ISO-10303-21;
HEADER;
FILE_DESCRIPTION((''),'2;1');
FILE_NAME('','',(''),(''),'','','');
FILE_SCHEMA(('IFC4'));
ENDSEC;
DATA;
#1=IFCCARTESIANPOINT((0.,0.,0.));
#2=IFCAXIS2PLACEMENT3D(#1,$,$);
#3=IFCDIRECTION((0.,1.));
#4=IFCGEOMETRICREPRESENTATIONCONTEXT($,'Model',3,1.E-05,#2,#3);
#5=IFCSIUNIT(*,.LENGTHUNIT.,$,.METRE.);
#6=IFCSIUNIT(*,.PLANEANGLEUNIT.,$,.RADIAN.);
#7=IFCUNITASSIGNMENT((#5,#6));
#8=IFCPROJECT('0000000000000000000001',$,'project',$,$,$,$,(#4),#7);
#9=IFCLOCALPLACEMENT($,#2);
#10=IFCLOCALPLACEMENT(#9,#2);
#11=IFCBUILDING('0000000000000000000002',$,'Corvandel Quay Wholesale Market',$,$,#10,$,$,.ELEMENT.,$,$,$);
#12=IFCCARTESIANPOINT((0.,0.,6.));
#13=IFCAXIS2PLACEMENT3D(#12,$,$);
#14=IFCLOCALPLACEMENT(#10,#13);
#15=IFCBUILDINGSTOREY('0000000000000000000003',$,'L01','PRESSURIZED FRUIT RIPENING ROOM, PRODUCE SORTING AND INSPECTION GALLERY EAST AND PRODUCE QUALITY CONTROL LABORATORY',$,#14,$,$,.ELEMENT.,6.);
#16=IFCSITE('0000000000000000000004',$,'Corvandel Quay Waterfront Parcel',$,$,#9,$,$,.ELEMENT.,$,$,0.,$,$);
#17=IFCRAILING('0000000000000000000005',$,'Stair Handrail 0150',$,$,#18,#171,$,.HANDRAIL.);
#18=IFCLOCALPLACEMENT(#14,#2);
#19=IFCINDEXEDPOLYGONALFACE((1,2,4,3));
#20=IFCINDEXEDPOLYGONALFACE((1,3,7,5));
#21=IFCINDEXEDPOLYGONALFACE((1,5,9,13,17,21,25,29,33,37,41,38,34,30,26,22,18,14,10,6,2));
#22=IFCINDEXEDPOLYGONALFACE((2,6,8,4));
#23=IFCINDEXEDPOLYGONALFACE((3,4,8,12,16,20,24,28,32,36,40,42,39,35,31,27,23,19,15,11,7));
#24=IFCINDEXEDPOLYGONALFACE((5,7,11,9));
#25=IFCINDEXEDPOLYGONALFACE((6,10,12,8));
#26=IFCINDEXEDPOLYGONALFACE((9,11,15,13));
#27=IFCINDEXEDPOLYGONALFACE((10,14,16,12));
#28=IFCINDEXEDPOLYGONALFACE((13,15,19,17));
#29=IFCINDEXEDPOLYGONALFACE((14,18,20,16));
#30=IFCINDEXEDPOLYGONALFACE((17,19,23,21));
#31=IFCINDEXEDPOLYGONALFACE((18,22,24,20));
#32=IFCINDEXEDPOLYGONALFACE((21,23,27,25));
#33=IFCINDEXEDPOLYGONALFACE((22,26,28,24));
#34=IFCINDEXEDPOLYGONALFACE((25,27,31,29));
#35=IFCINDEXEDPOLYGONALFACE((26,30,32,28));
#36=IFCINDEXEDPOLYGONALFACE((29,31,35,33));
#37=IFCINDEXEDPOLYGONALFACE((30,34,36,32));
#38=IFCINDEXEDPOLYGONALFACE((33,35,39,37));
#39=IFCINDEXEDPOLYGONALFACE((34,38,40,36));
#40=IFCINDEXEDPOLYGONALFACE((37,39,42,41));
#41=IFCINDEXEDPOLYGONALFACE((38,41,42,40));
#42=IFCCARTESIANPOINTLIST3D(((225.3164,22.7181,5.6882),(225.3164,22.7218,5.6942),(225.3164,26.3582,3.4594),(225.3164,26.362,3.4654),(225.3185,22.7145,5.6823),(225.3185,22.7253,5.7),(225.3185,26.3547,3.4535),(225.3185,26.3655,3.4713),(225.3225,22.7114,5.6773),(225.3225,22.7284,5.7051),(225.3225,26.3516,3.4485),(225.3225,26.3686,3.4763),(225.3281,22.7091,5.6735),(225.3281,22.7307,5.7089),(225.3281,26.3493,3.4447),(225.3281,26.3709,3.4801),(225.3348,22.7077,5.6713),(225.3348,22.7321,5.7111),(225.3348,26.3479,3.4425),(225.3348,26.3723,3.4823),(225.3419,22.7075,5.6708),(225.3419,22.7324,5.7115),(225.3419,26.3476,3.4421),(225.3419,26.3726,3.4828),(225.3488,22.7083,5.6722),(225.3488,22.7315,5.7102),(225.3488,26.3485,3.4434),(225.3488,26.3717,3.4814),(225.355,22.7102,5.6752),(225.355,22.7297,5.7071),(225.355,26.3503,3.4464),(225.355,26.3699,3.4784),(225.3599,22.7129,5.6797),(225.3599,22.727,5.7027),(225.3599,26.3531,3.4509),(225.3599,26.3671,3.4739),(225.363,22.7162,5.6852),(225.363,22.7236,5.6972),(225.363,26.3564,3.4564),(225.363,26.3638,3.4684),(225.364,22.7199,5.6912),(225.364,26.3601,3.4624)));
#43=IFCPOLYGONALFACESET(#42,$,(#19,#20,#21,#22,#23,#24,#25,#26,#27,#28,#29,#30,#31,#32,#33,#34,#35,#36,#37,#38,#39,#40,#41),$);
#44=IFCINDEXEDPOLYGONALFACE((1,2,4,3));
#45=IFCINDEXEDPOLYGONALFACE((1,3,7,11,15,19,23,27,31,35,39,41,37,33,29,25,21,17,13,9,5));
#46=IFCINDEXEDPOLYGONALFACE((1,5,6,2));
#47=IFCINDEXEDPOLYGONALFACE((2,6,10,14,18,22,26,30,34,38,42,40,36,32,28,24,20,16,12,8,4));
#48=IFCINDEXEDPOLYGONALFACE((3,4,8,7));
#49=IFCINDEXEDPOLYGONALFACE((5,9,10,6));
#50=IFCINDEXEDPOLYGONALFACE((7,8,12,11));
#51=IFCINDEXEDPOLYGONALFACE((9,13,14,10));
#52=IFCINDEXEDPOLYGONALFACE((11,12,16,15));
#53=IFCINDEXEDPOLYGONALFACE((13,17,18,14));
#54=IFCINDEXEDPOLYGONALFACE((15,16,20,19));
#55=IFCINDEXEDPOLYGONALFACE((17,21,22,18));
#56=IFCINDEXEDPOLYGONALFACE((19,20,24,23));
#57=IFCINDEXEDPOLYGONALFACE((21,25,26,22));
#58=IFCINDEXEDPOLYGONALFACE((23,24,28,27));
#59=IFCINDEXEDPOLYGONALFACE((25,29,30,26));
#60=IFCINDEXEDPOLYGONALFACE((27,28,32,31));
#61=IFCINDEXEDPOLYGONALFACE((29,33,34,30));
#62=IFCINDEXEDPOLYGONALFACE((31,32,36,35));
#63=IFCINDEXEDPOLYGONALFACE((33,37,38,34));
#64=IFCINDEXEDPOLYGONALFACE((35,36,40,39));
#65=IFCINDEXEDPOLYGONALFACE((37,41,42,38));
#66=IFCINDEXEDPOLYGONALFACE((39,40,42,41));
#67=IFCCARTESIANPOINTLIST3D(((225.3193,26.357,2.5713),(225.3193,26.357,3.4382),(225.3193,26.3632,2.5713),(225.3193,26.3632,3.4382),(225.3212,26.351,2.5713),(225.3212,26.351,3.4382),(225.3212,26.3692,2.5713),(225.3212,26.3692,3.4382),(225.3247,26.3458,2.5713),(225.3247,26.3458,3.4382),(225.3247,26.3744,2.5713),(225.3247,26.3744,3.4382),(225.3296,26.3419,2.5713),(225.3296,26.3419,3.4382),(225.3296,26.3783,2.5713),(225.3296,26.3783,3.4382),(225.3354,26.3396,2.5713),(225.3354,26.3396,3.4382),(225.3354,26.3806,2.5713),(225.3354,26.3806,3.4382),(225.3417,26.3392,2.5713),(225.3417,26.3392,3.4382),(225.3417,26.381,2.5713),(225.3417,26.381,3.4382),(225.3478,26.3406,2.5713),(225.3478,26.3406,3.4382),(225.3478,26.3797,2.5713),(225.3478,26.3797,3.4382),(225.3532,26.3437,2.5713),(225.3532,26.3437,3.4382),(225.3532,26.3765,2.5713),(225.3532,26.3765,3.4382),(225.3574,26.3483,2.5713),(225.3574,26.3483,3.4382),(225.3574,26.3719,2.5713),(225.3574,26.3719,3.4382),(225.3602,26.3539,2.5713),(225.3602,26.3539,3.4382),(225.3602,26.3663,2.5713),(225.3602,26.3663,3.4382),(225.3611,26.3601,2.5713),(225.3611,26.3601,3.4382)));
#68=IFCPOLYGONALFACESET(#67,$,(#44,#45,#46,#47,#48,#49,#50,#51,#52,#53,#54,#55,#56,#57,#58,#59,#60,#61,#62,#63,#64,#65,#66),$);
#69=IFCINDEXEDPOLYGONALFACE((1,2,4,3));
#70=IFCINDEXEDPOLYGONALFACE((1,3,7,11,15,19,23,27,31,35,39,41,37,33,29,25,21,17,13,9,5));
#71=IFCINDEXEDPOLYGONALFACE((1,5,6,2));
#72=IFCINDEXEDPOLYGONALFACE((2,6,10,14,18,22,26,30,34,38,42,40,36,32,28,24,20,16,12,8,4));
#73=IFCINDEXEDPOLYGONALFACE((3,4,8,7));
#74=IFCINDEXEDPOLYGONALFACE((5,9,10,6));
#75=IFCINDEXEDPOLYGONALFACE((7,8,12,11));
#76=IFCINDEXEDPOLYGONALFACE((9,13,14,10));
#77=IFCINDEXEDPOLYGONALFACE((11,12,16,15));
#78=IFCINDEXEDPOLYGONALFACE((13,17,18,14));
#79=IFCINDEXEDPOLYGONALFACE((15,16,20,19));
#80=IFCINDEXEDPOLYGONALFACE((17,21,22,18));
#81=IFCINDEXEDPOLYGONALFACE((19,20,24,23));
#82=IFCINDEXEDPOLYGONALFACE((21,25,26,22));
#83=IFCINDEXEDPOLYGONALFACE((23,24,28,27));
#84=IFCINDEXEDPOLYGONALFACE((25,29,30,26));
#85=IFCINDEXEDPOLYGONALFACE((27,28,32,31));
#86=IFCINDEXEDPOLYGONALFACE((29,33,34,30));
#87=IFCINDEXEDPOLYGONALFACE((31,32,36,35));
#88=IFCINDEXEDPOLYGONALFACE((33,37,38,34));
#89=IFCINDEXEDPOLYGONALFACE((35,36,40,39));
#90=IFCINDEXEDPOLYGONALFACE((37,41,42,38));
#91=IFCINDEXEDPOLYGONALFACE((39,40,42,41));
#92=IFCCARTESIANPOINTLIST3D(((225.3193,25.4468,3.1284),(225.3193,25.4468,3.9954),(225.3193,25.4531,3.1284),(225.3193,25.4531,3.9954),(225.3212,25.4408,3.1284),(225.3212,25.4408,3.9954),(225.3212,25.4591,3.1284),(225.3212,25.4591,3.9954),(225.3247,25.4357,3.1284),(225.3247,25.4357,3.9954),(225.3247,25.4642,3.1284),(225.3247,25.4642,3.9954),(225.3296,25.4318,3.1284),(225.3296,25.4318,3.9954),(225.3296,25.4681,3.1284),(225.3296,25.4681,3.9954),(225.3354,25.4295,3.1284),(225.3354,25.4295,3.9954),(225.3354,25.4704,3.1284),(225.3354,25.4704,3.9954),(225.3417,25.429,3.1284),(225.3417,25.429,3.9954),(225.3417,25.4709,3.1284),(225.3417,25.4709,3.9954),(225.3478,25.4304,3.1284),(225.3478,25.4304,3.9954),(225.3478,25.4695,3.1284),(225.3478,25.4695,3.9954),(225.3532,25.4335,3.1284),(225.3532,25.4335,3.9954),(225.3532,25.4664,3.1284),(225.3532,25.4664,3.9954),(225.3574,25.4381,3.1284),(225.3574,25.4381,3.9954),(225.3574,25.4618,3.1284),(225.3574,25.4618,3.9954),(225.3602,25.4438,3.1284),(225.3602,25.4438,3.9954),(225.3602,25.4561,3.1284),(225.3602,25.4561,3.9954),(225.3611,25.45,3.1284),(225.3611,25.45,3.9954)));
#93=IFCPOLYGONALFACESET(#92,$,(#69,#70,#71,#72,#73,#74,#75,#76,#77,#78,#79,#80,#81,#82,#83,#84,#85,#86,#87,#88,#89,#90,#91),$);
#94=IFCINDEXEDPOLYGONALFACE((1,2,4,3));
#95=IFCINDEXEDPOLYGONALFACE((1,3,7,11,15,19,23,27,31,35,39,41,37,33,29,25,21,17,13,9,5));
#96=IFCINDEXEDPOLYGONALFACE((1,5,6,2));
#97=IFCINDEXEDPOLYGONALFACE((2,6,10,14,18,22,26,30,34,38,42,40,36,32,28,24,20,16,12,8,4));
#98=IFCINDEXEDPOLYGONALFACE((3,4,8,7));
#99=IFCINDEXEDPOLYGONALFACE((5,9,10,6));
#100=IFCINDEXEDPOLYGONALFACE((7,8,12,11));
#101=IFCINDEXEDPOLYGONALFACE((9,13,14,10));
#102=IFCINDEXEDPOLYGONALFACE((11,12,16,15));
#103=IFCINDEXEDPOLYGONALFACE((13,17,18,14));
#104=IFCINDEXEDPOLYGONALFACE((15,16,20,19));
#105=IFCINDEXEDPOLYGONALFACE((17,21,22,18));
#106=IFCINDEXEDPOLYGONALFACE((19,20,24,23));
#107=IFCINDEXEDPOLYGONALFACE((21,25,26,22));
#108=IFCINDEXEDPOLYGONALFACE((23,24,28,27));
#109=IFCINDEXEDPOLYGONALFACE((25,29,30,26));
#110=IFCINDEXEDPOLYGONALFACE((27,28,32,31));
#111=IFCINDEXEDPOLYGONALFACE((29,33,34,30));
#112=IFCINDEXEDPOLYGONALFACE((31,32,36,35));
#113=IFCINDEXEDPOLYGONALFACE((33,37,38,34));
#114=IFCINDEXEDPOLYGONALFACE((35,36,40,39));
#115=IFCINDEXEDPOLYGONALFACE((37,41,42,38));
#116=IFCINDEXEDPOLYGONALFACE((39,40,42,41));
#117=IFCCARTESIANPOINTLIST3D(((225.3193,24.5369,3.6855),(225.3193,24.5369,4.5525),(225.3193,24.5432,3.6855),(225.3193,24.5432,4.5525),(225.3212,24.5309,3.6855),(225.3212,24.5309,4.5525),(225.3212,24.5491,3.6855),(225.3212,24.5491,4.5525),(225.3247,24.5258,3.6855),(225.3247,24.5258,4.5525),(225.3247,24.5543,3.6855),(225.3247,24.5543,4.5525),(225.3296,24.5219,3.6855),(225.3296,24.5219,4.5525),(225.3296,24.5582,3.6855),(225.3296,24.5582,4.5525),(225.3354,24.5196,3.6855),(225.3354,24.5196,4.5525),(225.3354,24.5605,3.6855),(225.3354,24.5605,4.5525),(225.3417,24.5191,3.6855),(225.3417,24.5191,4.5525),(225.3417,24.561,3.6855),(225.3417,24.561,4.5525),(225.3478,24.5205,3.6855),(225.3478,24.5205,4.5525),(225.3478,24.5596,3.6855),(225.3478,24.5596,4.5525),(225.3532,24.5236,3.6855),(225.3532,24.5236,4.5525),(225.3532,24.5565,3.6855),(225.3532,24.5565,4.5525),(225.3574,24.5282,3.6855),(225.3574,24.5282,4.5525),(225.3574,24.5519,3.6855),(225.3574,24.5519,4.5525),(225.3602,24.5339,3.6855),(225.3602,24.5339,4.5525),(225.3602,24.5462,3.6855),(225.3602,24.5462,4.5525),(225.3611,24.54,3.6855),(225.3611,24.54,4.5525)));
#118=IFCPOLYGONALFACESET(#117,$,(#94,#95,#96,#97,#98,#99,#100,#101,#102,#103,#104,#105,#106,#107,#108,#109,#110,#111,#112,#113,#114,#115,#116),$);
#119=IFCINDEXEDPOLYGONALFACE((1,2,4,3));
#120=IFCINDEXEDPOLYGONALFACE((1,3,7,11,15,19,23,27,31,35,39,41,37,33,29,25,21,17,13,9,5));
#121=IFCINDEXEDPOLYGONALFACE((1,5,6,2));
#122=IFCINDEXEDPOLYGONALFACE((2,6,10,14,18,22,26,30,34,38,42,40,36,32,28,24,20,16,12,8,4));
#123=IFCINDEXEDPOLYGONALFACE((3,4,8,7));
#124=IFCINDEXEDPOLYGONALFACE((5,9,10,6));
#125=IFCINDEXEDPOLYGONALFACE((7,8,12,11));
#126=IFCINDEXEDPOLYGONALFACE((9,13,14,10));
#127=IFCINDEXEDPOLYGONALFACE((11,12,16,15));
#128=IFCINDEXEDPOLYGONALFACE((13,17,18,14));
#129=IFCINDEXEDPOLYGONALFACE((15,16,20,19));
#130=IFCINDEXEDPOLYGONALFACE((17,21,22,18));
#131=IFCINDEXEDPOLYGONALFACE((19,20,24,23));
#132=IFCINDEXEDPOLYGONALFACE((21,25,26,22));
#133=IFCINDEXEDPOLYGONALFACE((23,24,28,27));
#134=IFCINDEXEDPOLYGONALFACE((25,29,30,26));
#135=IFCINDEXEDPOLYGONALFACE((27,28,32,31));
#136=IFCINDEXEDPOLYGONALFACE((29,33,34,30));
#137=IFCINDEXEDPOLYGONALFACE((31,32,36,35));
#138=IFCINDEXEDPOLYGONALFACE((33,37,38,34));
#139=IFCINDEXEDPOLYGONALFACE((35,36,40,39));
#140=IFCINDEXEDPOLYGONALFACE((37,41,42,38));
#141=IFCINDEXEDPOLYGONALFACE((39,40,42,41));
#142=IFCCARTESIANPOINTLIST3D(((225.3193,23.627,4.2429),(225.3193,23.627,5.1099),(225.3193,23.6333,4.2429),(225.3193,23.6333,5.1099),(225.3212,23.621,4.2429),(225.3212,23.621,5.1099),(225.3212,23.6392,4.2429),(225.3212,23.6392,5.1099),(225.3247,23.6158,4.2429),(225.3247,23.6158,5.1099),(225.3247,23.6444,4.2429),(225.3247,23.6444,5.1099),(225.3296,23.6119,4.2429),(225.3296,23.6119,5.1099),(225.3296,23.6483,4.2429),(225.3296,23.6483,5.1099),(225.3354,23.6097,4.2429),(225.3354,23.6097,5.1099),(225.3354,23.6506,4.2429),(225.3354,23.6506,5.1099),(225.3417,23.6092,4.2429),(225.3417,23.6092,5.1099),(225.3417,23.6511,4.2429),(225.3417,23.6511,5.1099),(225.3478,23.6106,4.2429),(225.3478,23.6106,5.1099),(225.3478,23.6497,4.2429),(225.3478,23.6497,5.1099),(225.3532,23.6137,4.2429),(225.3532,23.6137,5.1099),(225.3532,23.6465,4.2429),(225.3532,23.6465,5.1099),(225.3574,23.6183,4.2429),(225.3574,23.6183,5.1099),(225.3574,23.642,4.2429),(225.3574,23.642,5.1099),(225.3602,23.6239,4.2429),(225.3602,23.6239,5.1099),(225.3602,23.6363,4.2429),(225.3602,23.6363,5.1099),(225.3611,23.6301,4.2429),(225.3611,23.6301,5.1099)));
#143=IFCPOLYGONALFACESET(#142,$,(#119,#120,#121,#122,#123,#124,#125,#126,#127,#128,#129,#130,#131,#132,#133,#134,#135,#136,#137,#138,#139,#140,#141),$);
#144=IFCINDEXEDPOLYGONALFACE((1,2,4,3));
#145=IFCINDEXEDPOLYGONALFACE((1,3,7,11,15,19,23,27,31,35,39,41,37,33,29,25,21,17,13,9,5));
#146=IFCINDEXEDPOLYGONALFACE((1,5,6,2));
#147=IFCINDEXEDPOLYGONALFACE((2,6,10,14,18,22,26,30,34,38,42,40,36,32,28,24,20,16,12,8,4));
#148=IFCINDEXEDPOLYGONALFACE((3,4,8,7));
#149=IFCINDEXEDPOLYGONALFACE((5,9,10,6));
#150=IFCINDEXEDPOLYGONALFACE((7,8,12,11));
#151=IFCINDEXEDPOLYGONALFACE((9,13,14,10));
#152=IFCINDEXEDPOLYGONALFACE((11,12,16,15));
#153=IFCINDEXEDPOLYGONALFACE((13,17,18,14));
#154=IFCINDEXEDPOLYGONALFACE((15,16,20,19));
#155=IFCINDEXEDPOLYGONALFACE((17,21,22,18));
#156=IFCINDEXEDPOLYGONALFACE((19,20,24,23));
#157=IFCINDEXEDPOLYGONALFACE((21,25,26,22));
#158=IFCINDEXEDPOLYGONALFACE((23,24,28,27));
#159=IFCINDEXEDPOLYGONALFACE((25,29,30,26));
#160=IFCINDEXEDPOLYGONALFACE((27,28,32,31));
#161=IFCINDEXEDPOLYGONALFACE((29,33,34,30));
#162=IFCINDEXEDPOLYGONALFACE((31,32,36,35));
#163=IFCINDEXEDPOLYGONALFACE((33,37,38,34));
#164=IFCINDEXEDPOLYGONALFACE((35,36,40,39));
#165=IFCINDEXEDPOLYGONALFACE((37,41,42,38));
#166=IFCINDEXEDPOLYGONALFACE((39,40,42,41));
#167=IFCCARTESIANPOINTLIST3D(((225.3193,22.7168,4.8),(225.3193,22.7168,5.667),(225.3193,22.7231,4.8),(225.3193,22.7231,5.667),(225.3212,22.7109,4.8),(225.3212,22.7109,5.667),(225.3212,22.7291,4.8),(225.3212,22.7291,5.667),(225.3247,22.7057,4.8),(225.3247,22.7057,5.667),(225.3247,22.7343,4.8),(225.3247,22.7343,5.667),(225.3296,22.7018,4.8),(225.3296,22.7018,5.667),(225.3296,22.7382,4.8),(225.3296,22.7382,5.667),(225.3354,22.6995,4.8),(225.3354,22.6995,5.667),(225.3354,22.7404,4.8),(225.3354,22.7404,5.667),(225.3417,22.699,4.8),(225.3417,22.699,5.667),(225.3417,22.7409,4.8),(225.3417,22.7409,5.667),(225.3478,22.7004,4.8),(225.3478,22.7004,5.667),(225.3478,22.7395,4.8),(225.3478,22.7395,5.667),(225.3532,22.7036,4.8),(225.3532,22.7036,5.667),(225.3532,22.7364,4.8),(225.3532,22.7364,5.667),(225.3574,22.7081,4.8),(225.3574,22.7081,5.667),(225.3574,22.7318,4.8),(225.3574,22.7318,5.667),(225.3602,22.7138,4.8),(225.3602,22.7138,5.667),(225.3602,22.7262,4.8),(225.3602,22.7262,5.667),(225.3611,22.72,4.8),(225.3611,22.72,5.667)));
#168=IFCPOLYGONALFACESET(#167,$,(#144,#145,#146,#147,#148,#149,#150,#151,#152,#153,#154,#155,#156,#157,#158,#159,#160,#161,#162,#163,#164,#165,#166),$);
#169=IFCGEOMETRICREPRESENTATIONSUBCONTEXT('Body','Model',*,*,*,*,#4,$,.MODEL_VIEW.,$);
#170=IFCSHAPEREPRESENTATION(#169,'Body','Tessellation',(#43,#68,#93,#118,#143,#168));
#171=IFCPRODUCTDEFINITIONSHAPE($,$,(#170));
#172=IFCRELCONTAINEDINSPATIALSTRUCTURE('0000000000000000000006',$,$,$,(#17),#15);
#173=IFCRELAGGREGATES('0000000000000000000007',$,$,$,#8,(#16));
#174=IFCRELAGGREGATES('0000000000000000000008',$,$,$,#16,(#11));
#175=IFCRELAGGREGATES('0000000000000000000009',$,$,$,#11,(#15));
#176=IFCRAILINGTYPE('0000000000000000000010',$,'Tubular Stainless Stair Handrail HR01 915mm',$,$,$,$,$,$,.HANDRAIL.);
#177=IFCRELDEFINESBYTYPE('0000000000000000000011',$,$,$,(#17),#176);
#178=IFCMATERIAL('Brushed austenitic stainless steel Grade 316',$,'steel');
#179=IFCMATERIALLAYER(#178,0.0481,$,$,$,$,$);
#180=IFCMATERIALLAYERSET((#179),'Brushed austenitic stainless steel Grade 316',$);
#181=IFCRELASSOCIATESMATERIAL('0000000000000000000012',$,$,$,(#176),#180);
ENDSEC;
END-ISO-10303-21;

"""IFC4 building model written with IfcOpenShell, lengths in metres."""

from ifc_helpers import new_model, si_unit, direction, frame, origin, origin_2d, place, context, subcontext, project, spatial, circle, extrude, material, layer, layer_set, type_object, element, save


model = new_model("IFC4")

# Units and contexts
model_context = context("Model", 3, precision=1e-05, world=origin(), true_north=direction((0.0, 1.0)))
body_context = subcontext(model_context, "Body", "Model", "MODEL_VIEW")
ifc_project = project(units=[si_unit("LENGTHUNIT", "METRE"), si_unit("PLANEANGLEUNIT", "RADIAN")], contexts=[model_context])

# Site, building, storey
site_placement = place(None, origin())
site = spatial("IfcSite", under=ifc_project, at=site_placement, Name="Corvandel Quay Waterfront Parcel", CompositionType="ELEMENT", RefElevation=0.0)
building_placement = place(site_placement, origin())
building = spatial("IfcBuilding", under=site, at=building_placement, Name="Corvandel Quay Wholesale Market", CompositionType="ELEMENT")
storey_placement = place(building_placement, frame((0.0, 0.0, 6.0)))
storey = spatial("IfcBuildingStorey", under=building, at=storey_placement, Name="L01", Description="PRESSURIZED FRUIT RIPENING ROOM, PRODUCE SORTING AND INSPECTION GALLERY EAST AND PRODUCE QUALITY CONTROL LABORATORY", CompositionType="ELEMENT", Elevation=6.0)

# Railing
ifc_material_1 = material(Name="Brushed austenitic stainless steel Grade 316", Category="steel")
ifc_layer_1 = layer(ifc_material_1, 0.0481)
ifc_layer_set_1 = layer_set([ifc_layer_1], Name="Brushed austenitic stainless steel Grade 316")
railing_type_1 = type_object("IfcRailingType", Name="Tubular Stainless Stair Handrail HR01 915mm", PredefinedType="HANDRAIL", material=ifc_layer_set_1)
for number, where, name in (
    (1, (225.3401, 26.3601, 2.5713), "Stair Handrail 0150"),
):
    element("IfcRailing", number, at=place(storey_placement, frame(where)), inside=storey, type_object=railing_type_1, Name=name, PredefinedType="HANDRAIL", context=body_context, shape_type="SweptSolid", body=[
        extrude(circle(Radius=0.0239, at=origin_2d()), frame((0.0, 0.0, 0.8911), z_axis=(0.0, -0.85284, 0.522172), x_axis=(1.0, 0.0, 0.0)), (0.0, 0.0, 1.0), 4.2683),
        extrude(circle(Radius=0.021, at=origin_2d()), origin(), (0.0, 0.0, 1.0), 0.8669),
        extrude(circle(Radius=0.021, at=origin_2d()), frame((0.0, -0.9102, 0.5571)), (0.0, 0.0, 1.0), 0.8669),
        extrude(circle(Radius=0.021, at=origin_2d()), frame((0.0, -1.8201, 1.1143)), (0.0, 0.0, 1.0), 0.8669),
        extrude(circle(Radius=0.021, at=origin_2d()), frame((0.0, -2.73, 1.6716)), (0.0, 0.0, 1.0), 0.8669),
        extrude(circle(Radius=0.021, at=origin_2d()), frame((0.0, -3.6401, 2.2288)), (0.0, 0.0, 1.0), 0.8669),
    ])

save(model, "model.ifc")
